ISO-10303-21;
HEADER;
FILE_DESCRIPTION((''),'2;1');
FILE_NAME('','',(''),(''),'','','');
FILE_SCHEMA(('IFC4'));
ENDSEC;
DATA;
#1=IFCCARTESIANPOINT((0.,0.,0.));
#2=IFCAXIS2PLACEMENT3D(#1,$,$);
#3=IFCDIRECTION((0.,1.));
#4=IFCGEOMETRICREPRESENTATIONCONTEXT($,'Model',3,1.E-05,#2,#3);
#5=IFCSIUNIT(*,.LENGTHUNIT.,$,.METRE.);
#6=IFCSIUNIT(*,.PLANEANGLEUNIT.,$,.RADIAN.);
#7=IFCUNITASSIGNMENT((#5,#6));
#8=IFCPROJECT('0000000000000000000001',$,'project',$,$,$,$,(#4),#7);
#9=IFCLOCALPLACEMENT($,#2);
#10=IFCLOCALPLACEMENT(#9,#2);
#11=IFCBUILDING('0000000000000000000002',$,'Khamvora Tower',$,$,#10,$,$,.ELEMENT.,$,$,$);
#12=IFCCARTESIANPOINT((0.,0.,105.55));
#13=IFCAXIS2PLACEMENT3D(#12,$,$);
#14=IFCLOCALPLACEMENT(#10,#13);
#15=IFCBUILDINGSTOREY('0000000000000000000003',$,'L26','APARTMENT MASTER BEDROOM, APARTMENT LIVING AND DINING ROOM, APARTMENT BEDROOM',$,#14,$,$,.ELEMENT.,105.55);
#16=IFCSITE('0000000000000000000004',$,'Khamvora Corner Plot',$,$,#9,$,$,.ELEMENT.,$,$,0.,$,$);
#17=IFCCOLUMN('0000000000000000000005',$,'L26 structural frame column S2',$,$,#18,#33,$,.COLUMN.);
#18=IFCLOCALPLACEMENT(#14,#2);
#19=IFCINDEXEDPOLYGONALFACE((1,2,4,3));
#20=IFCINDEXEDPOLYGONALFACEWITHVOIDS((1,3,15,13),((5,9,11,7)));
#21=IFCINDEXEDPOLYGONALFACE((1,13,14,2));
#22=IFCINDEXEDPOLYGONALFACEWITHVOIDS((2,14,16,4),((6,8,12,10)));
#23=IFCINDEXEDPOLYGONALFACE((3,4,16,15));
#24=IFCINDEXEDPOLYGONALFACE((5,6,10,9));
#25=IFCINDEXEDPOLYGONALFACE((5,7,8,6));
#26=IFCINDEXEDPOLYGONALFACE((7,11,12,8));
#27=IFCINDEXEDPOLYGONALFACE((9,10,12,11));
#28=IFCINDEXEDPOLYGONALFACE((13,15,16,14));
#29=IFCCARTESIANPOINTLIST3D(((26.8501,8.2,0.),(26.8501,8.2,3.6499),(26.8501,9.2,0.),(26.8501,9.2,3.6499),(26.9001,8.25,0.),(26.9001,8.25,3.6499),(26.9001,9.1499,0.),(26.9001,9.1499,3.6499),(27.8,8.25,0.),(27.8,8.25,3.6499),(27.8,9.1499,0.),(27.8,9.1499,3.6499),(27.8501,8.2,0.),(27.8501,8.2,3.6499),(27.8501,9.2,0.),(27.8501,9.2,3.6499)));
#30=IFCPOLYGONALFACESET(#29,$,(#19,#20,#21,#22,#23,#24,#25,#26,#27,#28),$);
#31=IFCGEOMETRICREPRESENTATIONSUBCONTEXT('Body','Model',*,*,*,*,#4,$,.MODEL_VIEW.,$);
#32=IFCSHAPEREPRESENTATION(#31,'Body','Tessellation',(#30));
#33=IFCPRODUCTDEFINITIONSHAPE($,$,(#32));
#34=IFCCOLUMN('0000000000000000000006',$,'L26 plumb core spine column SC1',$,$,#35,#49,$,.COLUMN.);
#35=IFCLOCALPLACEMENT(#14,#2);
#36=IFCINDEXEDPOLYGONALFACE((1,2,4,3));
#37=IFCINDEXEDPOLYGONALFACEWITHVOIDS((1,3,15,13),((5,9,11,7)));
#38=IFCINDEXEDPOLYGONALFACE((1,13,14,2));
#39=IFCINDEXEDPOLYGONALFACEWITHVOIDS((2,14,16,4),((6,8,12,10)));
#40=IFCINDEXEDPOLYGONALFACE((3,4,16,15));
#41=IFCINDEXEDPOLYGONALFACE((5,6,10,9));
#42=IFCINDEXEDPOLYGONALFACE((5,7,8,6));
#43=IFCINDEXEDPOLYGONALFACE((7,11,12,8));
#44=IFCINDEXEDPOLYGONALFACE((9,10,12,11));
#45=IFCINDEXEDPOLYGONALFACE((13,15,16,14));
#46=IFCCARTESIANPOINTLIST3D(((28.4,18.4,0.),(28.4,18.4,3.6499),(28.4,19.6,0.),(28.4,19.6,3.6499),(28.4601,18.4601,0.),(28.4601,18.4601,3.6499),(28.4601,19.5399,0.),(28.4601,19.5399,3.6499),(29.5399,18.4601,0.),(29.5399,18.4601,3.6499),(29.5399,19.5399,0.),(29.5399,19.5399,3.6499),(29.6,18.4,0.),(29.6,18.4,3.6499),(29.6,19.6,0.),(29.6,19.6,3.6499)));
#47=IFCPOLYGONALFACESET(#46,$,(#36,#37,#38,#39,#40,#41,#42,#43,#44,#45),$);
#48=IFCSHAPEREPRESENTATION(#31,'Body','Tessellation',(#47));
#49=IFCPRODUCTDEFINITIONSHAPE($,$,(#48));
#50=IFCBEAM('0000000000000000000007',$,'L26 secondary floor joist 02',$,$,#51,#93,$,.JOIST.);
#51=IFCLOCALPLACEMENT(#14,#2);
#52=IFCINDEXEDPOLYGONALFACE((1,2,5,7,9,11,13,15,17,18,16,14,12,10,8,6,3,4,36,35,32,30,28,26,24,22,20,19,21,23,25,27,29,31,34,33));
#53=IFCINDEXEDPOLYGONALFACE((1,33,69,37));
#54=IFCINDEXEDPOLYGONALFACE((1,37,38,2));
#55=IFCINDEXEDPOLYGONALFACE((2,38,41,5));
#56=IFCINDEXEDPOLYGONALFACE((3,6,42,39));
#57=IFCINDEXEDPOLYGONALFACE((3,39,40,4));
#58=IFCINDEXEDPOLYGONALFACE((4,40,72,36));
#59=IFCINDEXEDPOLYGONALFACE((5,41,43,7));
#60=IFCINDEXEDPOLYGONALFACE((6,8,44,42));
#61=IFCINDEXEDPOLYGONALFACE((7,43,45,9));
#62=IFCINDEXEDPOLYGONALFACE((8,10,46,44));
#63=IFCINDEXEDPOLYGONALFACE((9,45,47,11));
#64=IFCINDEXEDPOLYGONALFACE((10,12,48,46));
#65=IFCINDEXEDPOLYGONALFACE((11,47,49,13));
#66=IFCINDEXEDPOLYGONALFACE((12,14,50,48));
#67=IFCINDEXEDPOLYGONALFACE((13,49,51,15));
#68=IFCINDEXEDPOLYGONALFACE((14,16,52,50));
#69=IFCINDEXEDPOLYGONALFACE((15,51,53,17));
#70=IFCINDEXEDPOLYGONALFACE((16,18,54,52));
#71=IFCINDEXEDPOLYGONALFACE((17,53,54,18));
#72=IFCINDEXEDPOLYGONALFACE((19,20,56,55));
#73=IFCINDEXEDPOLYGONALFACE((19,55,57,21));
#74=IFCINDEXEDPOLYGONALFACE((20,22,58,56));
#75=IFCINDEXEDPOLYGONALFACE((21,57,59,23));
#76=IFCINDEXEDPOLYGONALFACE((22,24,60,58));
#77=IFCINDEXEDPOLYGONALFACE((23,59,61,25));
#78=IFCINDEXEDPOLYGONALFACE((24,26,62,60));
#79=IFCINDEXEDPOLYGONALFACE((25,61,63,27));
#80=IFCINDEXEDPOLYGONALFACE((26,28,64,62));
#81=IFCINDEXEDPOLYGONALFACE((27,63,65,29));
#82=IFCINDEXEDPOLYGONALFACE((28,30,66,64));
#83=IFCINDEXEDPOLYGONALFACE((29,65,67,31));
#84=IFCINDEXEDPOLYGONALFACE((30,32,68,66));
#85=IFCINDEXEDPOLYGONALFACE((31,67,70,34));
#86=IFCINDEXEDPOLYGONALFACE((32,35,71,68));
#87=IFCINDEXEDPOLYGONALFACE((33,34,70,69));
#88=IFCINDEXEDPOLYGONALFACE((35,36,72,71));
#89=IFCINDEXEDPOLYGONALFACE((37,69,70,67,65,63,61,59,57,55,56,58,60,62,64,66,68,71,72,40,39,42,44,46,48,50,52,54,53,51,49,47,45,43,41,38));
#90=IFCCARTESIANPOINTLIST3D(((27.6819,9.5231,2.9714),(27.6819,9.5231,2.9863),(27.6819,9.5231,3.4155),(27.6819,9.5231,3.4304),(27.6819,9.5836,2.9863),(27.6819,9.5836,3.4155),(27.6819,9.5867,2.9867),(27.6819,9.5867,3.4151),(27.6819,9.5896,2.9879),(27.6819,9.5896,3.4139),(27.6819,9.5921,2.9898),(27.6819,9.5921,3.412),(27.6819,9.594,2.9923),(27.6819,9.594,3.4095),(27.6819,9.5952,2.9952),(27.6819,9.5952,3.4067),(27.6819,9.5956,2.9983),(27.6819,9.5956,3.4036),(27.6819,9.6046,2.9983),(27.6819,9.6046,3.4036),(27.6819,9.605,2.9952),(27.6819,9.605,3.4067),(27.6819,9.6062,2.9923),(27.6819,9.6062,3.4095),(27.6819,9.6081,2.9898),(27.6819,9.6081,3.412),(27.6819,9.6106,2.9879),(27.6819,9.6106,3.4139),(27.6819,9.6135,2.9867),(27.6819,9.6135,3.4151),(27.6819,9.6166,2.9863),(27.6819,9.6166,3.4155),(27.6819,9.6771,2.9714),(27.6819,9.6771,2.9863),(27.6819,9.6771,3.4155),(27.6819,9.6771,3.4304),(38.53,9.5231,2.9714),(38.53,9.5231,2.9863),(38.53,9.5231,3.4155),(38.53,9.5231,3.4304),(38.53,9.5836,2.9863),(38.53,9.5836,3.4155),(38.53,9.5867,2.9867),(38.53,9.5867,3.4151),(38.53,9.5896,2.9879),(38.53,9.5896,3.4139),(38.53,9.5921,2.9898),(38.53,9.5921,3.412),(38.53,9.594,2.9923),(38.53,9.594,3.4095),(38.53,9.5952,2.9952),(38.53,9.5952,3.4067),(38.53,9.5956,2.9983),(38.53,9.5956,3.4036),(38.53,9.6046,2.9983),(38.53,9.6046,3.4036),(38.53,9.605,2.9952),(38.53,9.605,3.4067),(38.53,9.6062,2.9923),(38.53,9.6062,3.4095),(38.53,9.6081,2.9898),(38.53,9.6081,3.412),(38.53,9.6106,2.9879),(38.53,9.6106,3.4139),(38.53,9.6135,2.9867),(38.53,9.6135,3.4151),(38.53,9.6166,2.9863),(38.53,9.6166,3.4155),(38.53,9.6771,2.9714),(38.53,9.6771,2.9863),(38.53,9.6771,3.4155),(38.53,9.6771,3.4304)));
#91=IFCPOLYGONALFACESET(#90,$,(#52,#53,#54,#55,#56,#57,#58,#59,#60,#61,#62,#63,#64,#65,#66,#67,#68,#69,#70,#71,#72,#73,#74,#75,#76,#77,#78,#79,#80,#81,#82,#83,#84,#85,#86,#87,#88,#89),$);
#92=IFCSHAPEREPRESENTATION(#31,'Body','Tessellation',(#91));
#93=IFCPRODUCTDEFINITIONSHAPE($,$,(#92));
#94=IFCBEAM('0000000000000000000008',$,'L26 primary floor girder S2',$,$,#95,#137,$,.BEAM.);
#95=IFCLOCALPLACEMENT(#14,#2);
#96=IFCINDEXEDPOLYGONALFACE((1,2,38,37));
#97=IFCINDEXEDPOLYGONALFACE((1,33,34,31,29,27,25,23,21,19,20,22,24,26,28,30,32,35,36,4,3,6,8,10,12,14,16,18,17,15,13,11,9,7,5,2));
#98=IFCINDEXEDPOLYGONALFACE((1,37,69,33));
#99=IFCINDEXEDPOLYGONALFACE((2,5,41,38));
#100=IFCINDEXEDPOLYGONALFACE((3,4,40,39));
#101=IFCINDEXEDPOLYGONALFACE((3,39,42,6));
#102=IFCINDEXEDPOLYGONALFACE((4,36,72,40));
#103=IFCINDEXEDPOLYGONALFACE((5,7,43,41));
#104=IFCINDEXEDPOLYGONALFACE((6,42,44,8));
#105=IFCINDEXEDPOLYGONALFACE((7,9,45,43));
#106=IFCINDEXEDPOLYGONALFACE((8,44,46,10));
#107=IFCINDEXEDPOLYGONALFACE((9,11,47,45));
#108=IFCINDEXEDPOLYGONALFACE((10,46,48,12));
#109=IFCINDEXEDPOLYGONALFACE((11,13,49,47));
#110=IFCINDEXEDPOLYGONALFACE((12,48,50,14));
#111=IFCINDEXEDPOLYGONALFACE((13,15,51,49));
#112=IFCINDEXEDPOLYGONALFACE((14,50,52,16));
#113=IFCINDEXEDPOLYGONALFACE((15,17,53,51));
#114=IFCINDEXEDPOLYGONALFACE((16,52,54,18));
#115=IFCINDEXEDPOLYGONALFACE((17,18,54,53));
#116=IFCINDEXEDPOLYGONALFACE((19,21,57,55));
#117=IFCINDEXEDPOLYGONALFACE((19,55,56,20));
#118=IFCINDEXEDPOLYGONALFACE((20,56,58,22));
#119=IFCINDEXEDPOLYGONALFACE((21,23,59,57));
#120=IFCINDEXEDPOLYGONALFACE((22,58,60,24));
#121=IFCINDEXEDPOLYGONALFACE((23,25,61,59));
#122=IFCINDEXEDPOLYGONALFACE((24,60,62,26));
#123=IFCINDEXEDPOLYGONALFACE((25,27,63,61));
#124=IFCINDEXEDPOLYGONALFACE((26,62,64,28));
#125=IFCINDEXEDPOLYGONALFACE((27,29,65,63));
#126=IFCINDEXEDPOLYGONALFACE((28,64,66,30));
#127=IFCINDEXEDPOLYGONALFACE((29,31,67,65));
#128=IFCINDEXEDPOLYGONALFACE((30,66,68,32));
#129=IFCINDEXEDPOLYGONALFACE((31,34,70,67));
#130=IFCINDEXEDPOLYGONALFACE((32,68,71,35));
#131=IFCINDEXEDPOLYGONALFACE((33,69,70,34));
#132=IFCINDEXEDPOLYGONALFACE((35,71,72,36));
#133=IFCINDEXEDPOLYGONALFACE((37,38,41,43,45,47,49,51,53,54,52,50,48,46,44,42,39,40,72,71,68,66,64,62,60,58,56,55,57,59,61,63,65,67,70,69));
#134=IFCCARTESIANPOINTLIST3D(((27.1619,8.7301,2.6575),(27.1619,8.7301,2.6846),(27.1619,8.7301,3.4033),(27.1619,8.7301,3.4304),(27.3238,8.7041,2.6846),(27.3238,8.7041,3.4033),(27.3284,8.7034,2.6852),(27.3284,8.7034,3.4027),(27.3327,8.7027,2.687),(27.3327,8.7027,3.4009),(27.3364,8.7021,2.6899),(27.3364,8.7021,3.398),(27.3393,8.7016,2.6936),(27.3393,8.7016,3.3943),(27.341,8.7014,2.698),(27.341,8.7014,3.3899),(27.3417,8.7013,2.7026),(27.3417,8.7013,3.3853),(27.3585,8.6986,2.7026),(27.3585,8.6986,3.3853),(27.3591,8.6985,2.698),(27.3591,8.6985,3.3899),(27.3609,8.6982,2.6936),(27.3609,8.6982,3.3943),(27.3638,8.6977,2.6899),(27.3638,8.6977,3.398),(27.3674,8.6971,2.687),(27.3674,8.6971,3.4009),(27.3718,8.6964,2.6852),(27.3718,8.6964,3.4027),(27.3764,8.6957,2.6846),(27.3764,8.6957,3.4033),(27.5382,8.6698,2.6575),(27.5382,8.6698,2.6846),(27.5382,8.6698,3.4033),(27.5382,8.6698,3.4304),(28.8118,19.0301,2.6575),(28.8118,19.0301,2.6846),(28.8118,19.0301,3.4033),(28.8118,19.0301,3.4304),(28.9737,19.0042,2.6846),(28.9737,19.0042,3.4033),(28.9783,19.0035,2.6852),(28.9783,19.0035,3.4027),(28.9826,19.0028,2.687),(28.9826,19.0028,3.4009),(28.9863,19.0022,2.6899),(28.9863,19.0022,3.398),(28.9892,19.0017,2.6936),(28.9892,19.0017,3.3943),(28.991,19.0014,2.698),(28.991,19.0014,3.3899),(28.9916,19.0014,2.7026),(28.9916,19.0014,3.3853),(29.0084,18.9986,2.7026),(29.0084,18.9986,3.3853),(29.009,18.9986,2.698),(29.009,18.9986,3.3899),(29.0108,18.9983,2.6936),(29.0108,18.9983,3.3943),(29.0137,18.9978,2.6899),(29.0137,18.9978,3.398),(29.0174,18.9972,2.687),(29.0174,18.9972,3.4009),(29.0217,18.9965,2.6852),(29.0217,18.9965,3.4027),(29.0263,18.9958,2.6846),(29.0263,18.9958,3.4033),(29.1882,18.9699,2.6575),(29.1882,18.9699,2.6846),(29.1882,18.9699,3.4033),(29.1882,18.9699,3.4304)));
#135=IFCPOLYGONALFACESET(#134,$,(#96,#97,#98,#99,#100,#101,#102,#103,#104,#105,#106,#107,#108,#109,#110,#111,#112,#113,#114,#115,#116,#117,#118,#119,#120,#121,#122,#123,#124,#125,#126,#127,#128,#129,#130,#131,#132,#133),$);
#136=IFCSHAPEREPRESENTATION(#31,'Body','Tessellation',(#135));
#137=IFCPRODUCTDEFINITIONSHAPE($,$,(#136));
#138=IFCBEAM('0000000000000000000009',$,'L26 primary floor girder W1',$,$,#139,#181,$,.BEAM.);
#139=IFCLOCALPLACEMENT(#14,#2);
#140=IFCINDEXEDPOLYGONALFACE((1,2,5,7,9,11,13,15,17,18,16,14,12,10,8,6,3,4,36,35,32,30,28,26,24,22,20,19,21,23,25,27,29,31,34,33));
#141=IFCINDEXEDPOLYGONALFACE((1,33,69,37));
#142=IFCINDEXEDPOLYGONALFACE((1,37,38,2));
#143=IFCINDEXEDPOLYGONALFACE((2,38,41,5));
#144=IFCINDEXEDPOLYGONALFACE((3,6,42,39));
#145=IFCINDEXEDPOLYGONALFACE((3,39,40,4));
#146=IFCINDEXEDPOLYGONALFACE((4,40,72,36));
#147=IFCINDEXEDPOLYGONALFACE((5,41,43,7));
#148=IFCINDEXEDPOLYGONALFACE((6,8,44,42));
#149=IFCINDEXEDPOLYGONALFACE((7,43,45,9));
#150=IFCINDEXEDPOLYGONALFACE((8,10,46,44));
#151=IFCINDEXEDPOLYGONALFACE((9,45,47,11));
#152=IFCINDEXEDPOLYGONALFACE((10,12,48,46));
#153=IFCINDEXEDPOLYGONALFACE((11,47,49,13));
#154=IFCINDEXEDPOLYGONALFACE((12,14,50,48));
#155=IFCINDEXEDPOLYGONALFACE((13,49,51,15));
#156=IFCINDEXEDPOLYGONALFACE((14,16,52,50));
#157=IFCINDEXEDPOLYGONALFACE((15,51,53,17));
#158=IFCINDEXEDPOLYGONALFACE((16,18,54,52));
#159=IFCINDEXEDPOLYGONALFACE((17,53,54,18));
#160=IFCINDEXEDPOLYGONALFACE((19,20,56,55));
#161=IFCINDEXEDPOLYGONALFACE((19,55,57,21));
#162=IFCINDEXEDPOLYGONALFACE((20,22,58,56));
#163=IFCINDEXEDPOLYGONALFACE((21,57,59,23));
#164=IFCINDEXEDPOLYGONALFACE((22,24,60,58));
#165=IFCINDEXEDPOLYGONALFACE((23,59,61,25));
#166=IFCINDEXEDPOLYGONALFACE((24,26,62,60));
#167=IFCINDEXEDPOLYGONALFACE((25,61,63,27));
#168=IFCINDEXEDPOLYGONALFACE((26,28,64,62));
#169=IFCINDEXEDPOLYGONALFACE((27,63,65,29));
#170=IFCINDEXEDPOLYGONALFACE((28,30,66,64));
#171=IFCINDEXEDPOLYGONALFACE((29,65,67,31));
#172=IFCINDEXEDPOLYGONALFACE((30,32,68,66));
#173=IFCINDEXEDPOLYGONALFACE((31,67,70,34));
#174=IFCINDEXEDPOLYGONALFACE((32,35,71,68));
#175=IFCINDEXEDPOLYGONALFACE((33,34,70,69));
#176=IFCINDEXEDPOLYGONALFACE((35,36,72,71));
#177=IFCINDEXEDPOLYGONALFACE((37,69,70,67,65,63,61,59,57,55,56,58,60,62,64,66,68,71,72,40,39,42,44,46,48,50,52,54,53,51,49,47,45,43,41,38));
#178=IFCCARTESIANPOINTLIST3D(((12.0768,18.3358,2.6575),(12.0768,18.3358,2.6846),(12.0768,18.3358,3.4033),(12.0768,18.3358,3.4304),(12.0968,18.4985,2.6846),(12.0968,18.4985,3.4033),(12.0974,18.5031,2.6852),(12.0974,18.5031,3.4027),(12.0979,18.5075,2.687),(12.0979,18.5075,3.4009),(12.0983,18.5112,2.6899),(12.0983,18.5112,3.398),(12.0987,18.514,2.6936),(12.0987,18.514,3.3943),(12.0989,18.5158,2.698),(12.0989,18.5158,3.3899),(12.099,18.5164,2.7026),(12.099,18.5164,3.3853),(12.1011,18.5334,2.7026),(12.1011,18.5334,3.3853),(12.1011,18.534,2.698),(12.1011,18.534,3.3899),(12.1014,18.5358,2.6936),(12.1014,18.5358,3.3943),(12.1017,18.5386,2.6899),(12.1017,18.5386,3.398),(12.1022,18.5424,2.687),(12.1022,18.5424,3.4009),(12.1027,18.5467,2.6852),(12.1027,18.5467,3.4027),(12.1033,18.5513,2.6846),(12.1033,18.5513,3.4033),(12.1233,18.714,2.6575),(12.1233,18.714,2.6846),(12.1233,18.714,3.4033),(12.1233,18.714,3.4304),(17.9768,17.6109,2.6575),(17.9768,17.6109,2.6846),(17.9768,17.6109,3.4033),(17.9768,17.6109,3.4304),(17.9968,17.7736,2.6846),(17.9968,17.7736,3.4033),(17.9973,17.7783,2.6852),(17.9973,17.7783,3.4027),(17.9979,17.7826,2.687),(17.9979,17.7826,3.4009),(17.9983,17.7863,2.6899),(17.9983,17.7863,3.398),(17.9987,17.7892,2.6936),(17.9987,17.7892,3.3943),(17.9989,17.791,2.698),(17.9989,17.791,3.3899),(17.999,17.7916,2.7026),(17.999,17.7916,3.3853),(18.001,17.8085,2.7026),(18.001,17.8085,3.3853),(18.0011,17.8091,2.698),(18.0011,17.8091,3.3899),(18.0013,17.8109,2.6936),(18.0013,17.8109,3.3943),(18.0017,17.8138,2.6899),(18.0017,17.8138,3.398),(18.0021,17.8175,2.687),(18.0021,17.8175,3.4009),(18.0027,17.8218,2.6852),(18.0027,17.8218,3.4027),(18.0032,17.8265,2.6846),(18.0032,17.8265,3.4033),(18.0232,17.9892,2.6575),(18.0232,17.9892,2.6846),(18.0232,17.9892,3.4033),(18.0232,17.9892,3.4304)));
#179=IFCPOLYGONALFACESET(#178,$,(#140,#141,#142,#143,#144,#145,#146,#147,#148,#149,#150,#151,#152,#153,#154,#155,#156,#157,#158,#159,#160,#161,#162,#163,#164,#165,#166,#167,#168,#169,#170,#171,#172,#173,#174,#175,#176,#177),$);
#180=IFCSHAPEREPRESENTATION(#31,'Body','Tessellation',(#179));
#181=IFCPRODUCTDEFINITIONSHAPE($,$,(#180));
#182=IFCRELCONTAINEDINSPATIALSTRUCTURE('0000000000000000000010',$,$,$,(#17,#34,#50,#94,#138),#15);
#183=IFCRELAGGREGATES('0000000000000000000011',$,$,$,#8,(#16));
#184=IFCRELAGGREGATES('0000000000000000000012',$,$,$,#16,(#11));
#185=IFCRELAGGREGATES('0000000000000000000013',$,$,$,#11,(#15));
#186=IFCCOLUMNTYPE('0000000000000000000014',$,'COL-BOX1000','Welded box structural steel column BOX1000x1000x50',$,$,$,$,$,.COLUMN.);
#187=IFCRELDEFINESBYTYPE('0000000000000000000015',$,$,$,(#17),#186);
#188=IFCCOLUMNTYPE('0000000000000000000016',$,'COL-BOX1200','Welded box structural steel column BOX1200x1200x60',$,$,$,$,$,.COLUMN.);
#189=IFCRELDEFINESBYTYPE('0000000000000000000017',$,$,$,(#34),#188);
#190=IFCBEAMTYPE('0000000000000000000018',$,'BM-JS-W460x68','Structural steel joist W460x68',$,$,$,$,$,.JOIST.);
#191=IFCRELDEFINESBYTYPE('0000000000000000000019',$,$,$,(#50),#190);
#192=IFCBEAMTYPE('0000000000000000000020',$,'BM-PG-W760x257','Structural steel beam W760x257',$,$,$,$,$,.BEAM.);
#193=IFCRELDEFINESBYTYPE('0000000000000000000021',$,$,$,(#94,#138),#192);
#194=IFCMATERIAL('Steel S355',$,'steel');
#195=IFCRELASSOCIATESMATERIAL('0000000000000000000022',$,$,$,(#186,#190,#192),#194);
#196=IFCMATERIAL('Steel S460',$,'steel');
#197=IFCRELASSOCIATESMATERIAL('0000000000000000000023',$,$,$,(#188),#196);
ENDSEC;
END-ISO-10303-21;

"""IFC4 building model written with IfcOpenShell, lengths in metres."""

from ifc_helpers import new_model, si_unit, direction, frame, origin, origin_2d, place, context, subcontext, project, spatial, hollow_rectangle, i_section, extrude, material, material_profile, profile_set, type_object, element, save


model = new_model("IFC4")

# Units and contexts
model_context = context("Model", 3, precision=1e-05, world=origin(), true_north=direction((0.0, 1.0)))
body_context = subcontext(model_context, "Body", "Model", "MODEL_VIEW")
ifc_project = project(units=[si_unit("LENGTHUNIT", "METRE"), si_unit("PLANEANGLEUNIT", "RADIAN")], contexts=[model_context])

# Site, building, storey
site_placement = place(None, origin())
site = spatial("IfcSite", under=ifc_project, at=site_placement, Name="Khamvora Corner Plot", CompositionType="ELEMENT", RefElevation=0.0)
building_placement = place(site_placement, origin())
building = spatial("IfcBuilding", under=site, at=building_placement, Name="Khamvora Tower", CompositionType="ELEMENT")
storey_placement = place(building_placement, frame((0.0, 0.0, 105.55)))
storey = spatial("IfcBuildingStorey", under=building, at=storey_placement, Name="L26", Description="APARTMENT MASTER BEDROOM, APARTMENT LIVING AND DINING ROOM, APARTMENT BEDROOM", CompositionType="ELEMENT", Elevation=105.55)

# Columns
ifc_material_1 = material(Name="Steel S355", Category="steel")
ifc_material_profile_1 = material_profile(ifc_material_1, hollow_rectangle(XDim=1.0, YDim=1.0, WallThickness=0.05, at=origin_2d()), Name="BOX1000x1000x50")
ifc_profile_set_1 = profile_set([ifc_material_profile_1], Name="Steel S355")
column_type_1 = type_object("IfcColumnType", Name="COL-BOX1000", Description="Welded box structural steel column BOX1000x1000x50", PredefinedType="COLUMN", material=ifc_profile_set_1)
column_1_placement = place(storey_placement, frame((27.3501, 8.7, 0.0), z_axis=(0.0, 0.0, 1.0), x_axis=(1.0, 0.0, 0.0)))
element("IfcColumn", 1, at=column_1_placement, inside=storey, type_object=column_type_1, Name="L26 structural frame column S2", PredefinedType="COLUMN", context=body_context, shape_type="SweptSolid", body=[
    extrude(hollow_rectangle(XDim=1.0, YDim=1.0, WallThickness=0.05, at=origin_2d()), origin(), (0.0, 0.0, 1.0), 3.6499),
])
ifc_material_2 = material(Name="Steel S460", Category="steel")
ifc_material_profile_2 = material_profile(ifc_material_2, hollow_rectangle(XDim=1.2, YDim=1.2, WallThickness=0.0601, at=origin_2d()), Name="BOX1200x1200x60")
ifc_profile_set_2 = profile_set([ifc_material_profile_2], Name="Steel S460")
column_type_2 = type_object("IfcColumnType", Name="COL-BOX1200", Description="Welded box structural steel column BOX1200x1200x60", PredefinedType="COLUMN", material=ifc_profile_set_2)
column_2_placement = place(storey_placement, frame((29.0, 19.0, 0.0), z_axis=(0.0, 0.0, 1.0), x_axis=(1.0, 0.0, 0.0)))
element("IfcColumn", 2, at=column_2_placement, inside=storey, type_object=column_type_2, Name="L26 plumb core spine column SC1", PredefinedType="COLUMN", context=body_context, shape_type="SweptSolid", body=[
    extrude(hollow_rectangle(XDim=1.2, YDim=1.2, WallThickness=0.0601, at=origin_2d()), origin(), (0.0, 0.0, 1.0), 3.6499),
])

# Beams
ifc_material_profile_3 = material_profile(ifc_material_1, i_section(OverallWidth=0.1541, OverallDepth=0.459, WebThickness=0.009, FlangeThickness=0.0149, FilletRadius=0.012, at=origin_2d()), Name="W460x68")
ifc_profile_set_3 = profile_set([ifc_material_profile_3], Name="Steel S355")
beam_type_1 = type_object("IfcBeamType", Name="BM-JS-W460x68", Description="Structural steel joist W460x68", PredefinedType="JOIST", material=ifc_profile_set_3)
beam_1_placement = place(storey_placement, frame((27.6819, 9.6001, 3.2009), z_axis=(1.0, 0.0, 0.0), x_axis=(0.0, 1.0, 0.0)))
element("IfcBeam", 3, at=beam_1_placement, inside=storey, type_object=beam_type_1, Name="L26 secondary floor joist 02", PredefinedType="JOIST", context=body_context, shape_type="SweptSolid", body=[
    extrude(i_section(OverallWidth=0.1541, OverallDepth=0.459, WebThickness=0.009, FlangeThickness=0.0149, FilletRadius=0.012, at=origin_2d()), origin(), (0.0, 0.0, 1.0), 10.8481),
])
ifc_material_profile_4 = material_profile(ifc_material_1, i_section(OverallWidth=0.3811, OverallDepth=0.7729, WebThickness=0.0171, FlangeThickness=0.0271, FilletRadius=0.0181, at=origin_2d()), Name="W760x257")
ifc_profile_set_4 = profile_set([ifc_material_profile_4], Name="Steel S355")
beam_type_2 = type_object("IfcBeamType", Name="BM-PG-W760x257", Description="Structural steel beam W760x257", PredefinedType="BEAM", material=ifc_profile_set_4)
beam_2_placement = place(storey_placement, frame((29.0, 19.0, 3.0439), z_axis=(-0.158168, -0.987412, 0.0), x_axis=(0.987412, -0.158168, 0.0)))
element("IfcBeam", 4, at=beam_2_placement, inside=storey, type_object=beam_type_2, Name="L26 primary floor girder S2", PredefinedType="BEAM", context=body_context, shape_type="SweptSolid", body=[
    extrude(i_section(OverallWidth=0.3811, OverallDepth=0.7729, WebThickness=0.0171, FlangeThickness=0.0271, FilletRadius=0.0181, at=origin_2d()), origin(), (0.0, 0.0, 1.0), 10.4314),
])
beam_3_placement = place(storey_placement, frame((18.0, 17.8, 3.0439), z_axis=(-0.992537, 0.121942, 0.0), x_axis=(-0.121942, -0.992537, 0.0)))
element("IfcBeam", 5, at=beam_3_placement, inside=storey, type_object=beam_type_2, Name="L26 primary floor girder W1", PredefinedType="BEAM", context=body_context, shape_type="SweptSolid", body=[
    extrude(i_section(OverallWidth=0.3811, OverallDepth=0.7729, WebThickness=0.0171, FlangeThickness=0.0271, FilletRadius=0.0181, at=origin_2d()), origin(), (0.0, 0.0, 1.0), 5.9443),
])

save(model, "model.ifc")
